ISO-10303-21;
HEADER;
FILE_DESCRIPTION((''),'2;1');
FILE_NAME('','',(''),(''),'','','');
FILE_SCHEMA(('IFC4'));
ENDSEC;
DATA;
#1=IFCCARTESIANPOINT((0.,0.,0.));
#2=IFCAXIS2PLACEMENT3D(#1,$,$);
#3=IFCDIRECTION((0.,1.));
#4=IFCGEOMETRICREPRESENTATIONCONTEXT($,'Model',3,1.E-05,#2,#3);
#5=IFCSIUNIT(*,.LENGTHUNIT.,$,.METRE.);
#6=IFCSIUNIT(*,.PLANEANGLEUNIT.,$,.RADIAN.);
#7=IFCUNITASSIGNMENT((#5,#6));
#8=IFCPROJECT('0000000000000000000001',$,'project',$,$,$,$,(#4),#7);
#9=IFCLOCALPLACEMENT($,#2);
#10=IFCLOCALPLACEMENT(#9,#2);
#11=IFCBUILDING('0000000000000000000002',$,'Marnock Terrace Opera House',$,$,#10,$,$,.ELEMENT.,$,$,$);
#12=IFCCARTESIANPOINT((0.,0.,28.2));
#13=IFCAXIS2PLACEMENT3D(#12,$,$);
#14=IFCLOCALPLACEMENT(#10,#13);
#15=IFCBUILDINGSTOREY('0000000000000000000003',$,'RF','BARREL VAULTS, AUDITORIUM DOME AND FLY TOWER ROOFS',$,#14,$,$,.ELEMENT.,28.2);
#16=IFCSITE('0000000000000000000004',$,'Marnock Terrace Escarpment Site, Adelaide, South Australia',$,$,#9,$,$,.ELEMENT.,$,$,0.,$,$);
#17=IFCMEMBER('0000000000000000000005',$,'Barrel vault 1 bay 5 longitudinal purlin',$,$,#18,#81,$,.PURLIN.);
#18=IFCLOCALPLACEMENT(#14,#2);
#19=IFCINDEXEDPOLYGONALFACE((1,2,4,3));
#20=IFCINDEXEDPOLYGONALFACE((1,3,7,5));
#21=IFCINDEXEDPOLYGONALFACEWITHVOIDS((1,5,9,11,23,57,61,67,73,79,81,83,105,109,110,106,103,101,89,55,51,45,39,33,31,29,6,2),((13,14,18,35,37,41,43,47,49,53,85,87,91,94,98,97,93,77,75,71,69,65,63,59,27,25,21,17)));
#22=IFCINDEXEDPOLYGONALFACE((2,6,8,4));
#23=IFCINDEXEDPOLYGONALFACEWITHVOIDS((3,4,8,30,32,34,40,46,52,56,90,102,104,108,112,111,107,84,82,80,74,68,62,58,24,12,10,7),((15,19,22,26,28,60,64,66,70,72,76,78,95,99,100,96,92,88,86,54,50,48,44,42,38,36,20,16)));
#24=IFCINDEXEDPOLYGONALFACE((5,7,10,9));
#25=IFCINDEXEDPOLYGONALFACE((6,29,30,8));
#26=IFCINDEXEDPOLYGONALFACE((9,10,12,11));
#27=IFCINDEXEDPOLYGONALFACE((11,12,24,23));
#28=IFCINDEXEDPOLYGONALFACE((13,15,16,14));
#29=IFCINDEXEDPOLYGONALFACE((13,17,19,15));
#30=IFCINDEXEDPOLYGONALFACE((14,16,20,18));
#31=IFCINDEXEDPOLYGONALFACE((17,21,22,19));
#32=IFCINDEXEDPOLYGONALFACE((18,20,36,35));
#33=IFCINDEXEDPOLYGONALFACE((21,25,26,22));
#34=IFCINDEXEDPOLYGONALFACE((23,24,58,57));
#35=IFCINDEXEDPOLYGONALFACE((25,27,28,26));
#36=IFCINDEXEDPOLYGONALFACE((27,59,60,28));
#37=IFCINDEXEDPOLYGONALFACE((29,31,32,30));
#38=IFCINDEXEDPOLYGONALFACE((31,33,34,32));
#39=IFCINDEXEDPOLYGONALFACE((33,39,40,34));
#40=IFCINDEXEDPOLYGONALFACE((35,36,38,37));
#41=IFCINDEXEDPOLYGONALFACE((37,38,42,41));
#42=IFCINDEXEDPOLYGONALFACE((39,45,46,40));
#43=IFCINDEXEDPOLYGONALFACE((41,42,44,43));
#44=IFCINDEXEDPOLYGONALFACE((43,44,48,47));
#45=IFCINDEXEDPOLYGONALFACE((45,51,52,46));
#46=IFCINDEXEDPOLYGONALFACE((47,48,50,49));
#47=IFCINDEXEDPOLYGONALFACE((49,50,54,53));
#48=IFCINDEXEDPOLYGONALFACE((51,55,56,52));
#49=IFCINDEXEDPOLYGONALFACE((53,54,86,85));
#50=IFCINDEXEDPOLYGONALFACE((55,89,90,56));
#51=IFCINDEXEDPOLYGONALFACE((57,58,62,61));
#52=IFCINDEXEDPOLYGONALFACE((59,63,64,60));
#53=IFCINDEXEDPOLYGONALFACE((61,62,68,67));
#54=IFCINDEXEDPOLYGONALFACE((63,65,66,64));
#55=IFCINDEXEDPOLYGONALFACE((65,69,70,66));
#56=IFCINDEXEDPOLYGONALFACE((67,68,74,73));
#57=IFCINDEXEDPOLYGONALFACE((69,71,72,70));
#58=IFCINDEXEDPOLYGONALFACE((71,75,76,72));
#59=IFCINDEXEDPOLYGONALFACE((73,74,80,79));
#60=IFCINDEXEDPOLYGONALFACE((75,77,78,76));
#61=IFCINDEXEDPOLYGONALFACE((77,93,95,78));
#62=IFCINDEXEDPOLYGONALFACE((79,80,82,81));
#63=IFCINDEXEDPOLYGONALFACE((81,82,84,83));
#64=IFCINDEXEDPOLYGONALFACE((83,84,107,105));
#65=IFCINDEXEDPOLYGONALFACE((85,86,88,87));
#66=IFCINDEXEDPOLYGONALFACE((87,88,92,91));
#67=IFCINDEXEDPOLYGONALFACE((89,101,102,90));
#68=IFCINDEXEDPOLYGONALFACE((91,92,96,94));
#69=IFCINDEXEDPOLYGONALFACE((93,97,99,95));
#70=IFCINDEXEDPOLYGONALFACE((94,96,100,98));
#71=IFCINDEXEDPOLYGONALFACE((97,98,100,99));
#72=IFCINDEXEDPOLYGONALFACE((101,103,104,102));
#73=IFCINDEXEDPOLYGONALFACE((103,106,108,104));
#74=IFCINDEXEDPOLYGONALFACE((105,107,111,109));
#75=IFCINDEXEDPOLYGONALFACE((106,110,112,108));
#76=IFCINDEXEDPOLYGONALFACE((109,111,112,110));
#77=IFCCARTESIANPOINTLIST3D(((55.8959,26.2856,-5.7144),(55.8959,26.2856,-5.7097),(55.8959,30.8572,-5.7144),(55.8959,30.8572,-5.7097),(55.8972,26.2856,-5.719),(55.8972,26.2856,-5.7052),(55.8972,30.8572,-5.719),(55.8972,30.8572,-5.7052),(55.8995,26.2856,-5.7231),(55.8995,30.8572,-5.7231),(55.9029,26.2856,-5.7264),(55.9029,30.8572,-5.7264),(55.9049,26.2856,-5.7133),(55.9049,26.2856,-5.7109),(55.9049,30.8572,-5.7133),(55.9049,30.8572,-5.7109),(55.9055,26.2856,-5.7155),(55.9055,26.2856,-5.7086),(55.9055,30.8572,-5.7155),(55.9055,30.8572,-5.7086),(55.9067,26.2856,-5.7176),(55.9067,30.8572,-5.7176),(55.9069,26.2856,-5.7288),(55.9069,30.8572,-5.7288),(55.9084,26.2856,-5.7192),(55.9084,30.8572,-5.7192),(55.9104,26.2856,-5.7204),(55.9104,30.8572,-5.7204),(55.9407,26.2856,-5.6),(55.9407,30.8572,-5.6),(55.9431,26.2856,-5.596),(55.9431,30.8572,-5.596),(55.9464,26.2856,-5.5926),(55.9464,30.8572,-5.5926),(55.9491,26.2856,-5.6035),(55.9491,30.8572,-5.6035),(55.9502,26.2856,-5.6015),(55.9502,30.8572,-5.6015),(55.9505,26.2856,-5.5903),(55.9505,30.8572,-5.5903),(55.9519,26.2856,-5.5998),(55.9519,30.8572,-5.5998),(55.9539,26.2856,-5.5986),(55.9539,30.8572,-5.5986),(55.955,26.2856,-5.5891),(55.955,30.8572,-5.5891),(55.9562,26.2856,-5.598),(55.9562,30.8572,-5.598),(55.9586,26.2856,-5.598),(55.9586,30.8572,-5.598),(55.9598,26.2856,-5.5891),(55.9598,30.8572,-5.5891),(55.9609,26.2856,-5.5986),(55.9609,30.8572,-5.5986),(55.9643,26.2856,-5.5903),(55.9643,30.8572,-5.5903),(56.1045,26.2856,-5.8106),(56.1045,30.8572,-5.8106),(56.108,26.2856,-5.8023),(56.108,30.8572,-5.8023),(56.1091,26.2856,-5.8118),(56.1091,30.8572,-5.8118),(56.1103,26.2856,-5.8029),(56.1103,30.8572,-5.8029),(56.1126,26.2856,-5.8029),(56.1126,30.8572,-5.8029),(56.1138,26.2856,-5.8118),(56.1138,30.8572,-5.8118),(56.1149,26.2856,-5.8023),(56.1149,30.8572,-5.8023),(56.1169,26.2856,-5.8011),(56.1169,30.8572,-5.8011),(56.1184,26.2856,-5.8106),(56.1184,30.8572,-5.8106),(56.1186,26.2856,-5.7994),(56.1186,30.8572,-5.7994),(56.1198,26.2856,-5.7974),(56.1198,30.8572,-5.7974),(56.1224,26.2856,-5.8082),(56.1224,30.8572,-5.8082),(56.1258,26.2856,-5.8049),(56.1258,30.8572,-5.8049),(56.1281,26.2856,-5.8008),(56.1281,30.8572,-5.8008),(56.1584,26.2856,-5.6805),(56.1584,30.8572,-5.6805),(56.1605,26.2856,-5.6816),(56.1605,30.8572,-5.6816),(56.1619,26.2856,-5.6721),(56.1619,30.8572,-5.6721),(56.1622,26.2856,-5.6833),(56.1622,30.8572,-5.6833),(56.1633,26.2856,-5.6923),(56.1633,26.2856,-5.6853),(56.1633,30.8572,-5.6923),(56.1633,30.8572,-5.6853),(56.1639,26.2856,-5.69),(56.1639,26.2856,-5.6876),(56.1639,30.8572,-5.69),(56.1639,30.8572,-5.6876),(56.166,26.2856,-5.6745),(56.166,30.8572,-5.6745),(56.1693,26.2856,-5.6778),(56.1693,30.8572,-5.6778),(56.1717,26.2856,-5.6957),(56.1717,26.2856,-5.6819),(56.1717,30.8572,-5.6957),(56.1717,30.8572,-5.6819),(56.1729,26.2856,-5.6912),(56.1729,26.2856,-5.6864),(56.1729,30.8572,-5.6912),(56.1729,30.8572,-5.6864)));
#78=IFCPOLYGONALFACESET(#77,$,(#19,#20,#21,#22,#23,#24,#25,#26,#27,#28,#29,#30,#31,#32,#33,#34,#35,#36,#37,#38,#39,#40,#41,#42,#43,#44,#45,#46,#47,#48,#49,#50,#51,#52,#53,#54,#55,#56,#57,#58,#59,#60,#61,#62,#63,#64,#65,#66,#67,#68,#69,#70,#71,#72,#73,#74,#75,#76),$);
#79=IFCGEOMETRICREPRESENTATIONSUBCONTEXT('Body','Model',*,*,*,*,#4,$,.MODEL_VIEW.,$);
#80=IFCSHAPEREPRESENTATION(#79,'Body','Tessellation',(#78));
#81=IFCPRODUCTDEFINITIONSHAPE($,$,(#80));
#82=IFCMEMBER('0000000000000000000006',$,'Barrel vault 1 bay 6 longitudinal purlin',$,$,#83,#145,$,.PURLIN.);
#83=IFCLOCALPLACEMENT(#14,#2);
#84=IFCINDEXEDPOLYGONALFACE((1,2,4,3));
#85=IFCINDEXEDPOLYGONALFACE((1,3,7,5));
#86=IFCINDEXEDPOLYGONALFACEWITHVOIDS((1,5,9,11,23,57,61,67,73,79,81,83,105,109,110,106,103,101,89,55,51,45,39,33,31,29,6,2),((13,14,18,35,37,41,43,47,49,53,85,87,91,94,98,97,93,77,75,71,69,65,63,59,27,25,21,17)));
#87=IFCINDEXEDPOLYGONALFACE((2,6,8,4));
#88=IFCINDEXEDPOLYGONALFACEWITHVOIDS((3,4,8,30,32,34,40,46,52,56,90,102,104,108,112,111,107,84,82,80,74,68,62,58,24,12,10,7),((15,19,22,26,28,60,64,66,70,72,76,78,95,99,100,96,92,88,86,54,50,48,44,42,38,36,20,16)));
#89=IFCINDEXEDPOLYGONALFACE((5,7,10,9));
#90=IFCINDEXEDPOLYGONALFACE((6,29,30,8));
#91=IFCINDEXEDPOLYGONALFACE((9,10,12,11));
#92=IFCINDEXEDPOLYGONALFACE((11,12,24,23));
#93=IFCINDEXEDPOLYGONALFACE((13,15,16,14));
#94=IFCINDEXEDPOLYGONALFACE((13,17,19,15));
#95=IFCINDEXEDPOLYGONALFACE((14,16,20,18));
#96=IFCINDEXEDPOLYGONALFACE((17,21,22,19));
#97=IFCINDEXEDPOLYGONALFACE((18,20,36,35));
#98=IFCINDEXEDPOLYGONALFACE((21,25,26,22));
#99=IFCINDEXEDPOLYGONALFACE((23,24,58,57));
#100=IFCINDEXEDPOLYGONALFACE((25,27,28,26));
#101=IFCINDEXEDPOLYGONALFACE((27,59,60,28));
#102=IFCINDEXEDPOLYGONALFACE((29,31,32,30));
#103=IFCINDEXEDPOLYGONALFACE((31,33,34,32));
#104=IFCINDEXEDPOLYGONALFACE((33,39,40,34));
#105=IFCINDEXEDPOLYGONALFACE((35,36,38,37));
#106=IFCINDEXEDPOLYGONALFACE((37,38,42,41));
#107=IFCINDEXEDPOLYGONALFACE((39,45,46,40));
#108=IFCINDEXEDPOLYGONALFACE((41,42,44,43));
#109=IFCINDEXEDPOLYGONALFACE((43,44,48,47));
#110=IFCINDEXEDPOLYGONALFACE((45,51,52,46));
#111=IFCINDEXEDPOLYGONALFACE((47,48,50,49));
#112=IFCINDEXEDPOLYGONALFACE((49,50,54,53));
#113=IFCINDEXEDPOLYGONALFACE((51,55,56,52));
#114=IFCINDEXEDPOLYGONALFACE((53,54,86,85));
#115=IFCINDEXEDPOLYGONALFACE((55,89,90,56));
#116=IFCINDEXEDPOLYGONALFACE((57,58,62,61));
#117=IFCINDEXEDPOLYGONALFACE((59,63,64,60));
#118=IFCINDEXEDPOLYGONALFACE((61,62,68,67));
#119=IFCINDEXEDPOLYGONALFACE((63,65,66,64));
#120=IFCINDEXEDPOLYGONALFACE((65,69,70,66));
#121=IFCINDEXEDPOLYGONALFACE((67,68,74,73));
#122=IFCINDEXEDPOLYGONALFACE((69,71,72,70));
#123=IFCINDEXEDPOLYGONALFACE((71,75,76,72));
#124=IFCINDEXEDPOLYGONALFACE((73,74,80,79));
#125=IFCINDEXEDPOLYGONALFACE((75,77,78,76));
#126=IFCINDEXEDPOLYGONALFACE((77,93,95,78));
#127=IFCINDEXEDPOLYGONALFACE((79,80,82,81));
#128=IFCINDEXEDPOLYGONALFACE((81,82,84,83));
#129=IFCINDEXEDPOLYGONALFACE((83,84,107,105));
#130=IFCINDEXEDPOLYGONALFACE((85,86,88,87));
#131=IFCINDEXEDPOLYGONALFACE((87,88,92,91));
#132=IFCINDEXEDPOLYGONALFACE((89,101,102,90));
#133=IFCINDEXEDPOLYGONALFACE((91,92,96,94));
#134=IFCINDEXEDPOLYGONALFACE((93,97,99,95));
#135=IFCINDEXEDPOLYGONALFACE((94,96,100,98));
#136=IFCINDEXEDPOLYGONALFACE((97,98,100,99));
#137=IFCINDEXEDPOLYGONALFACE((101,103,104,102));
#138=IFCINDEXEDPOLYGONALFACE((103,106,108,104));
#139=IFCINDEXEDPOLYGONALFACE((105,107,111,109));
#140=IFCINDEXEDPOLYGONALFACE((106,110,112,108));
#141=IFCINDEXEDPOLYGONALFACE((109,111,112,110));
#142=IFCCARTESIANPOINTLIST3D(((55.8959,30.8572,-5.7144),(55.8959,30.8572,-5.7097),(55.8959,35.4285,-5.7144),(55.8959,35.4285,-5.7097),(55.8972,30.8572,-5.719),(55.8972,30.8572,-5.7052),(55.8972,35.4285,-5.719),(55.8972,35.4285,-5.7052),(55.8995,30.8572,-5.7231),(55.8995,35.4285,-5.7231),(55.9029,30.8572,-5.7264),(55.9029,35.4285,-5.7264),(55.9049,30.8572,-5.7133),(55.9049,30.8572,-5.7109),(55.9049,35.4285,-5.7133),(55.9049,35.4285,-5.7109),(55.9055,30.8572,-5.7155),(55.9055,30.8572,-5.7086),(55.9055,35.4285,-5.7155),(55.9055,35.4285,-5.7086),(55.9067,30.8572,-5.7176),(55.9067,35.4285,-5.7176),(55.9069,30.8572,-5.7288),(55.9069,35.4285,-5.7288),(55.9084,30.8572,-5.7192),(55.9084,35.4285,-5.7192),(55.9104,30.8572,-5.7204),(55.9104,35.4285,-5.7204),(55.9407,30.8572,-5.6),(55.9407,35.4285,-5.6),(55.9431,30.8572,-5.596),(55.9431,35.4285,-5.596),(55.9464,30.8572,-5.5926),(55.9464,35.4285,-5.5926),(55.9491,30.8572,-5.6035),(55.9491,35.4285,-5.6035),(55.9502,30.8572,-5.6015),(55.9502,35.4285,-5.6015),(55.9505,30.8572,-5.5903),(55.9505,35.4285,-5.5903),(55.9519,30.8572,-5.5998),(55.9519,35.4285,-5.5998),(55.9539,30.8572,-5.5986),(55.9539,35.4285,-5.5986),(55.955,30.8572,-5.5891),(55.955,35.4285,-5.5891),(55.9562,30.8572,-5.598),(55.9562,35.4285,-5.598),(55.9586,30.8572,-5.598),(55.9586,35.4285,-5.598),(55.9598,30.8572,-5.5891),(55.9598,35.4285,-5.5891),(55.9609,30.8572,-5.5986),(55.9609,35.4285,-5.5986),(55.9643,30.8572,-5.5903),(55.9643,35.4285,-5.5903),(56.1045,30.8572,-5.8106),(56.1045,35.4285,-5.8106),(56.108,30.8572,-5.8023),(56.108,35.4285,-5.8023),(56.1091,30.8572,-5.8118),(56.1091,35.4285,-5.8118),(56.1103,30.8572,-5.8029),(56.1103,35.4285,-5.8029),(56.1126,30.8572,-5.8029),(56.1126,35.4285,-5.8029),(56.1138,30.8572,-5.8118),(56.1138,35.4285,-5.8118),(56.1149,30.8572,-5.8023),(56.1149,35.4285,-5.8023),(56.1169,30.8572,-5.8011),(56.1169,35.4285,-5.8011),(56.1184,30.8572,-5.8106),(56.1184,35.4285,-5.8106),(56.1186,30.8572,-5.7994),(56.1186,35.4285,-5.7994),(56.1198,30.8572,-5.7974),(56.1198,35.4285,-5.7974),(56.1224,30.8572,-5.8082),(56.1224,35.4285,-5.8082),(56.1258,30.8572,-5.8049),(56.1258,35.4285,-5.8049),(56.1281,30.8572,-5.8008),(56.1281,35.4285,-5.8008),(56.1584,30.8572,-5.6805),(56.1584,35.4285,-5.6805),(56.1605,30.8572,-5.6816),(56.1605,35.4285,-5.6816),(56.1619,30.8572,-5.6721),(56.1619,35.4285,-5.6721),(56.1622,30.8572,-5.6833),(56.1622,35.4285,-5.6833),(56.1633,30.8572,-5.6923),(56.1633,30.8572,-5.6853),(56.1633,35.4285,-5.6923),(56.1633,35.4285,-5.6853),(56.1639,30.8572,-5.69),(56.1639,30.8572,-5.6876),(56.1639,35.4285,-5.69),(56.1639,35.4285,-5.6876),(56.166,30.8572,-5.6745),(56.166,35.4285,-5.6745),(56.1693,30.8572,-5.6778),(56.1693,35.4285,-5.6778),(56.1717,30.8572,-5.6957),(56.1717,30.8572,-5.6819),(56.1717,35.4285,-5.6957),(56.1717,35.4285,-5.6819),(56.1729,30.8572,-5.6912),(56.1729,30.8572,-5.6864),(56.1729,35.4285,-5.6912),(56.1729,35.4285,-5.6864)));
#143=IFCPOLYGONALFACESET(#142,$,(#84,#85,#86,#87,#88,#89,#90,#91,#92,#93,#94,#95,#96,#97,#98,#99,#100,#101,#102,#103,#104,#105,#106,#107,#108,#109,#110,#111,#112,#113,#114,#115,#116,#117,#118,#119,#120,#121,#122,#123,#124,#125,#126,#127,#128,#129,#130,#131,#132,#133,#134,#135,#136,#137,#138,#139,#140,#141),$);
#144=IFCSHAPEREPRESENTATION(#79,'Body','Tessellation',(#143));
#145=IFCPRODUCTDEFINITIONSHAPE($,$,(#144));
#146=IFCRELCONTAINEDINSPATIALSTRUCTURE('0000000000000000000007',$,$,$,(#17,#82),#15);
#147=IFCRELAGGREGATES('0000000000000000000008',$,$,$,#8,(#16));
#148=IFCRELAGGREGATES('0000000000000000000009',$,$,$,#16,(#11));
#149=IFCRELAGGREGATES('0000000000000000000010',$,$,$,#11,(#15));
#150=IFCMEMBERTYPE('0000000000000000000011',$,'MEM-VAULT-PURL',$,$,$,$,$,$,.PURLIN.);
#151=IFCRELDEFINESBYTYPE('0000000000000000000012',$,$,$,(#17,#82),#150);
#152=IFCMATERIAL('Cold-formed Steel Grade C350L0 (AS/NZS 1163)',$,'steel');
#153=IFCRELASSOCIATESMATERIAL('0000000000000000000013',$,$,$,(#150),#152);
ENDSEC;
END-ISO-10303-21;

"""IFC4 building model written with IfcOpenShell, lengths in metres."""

from ifc_helpers import new_model, si_unit, direction, frame, origin, origin_2d, place, context, subcontext, project, spatial, hollow_rectangle, extrude, material, material_profile, profile_set, type_object, element, save


model = new_model("IFC4")

# Units and contexts
model_context = context("Model", 3, precision=1e-05, world=origin(), true_north=direction((0.0, 1.0)))
body_context = subcontext(model_context, "Body", "Model", "MODEL_VIEW")
ifc_project = project(units=[si_unit("LENGTHUNIT", "METRE"), si_unit("PLANEANGLEUNIT", "RADIAN")], contexts=[model_context])

# Site, building, storey
site_placement = place(None, origin())
site = spatial("IfcSite", under=ifc_project, at=site_placement, Name="Marnock Terrace Escarpment Site, Adelaide, South Australia", CompositionType="ELEMENT", RefElevation=0.0)
building_placement = place(site_placement, origin())
building = spatial("IfcBuilding", under=site, at=building_placement, Name="Marnock Terrace Opera House", CompositionType="ELEMENT")
storey_placement = place(building_placement, frame((0.0, 0.0, 28.2)))
storey = spatial("IfcBuildingStorey", under=building, at=storey_placement, Name="RF", Description="BARREL VAULTS, AUDITORIUM DOME AND FLY TOWER ROOFS", CompositionType="ELEMENT", Elevation=28.2)

# Members
ifc_material_1 = material(Name="Cold-formed Steel Grade C350L0 (AS/NZS 1163)", Category="steel")
ifc_material_profile_1 = material_profile(ifc_material_1, hollow_rectangle(XDim=0.1499, YDim=0.25, WallThickness=0.009, InnerFilletRadius=0.009, OuterFilletRadius=0.0181, at=origin_2d()))
ifc_profile_set_1 = profile_set([ifc_material_profile_1], Name="Cold-formed Steel Grade C350L0 (AS/NZS 1163)")
member_type_1 = type_object("IfcMemberType", Name="MEM-VAULT-PURL", PredefinedType="PURLIN", material=ifc_profile_set_1)
member_1_placement = place(storey_placement, frame((56.0344, 26.2856, -5.7004), z_axis=(0.0, 1.0, 0.0), x_axis=(-0.382683, 0.0, -0.92388)))
element("IfcMember", 1, at=member_1_placement, inside=storey, type_object=member_type_1, Name="Barrel vault 1 bay 5 longitudinal purlin", PredefinedType="PURLIN", context=body_context, shape_type="SweptSolid", body=[
    extrude(hollow_rectangle(XDim=0.1499, YDim=0.25, WallThickness=0.009, InnerFilletRadius=0.009, OuterFilletRadius=0.0181, at=origin_2d()), origin(), (0.0, 0.0, 1.0), 4.5715),
])
member_2_placement = place(storey_placement, frame((56.0344, 30.8572, -5.7004), z_axis=(0.0, 1.0, 0.0), x_axis=(-0.382683, 0.0, -0.92388)))
element("IfcMember", 2, at=member_2_placement, inside=storey, type_object=member_type_1, Name="Barrel vault 1 bay 6 longitudinal purlin", PredefinedType="PURLIN", context=body_context, shape_type="SweptSolid", body=[
    extrude(hollow_rectangle(XDim=0.1499, YDim=0.25, WallThickness=0.009, InnerFilletRadius=0.009, OuterFilletRadius=0.0181, at=origin_2d()), origin(), (0.0, 0.0, 1.0), 4.5713),
])

save(model, "model.ifc")
